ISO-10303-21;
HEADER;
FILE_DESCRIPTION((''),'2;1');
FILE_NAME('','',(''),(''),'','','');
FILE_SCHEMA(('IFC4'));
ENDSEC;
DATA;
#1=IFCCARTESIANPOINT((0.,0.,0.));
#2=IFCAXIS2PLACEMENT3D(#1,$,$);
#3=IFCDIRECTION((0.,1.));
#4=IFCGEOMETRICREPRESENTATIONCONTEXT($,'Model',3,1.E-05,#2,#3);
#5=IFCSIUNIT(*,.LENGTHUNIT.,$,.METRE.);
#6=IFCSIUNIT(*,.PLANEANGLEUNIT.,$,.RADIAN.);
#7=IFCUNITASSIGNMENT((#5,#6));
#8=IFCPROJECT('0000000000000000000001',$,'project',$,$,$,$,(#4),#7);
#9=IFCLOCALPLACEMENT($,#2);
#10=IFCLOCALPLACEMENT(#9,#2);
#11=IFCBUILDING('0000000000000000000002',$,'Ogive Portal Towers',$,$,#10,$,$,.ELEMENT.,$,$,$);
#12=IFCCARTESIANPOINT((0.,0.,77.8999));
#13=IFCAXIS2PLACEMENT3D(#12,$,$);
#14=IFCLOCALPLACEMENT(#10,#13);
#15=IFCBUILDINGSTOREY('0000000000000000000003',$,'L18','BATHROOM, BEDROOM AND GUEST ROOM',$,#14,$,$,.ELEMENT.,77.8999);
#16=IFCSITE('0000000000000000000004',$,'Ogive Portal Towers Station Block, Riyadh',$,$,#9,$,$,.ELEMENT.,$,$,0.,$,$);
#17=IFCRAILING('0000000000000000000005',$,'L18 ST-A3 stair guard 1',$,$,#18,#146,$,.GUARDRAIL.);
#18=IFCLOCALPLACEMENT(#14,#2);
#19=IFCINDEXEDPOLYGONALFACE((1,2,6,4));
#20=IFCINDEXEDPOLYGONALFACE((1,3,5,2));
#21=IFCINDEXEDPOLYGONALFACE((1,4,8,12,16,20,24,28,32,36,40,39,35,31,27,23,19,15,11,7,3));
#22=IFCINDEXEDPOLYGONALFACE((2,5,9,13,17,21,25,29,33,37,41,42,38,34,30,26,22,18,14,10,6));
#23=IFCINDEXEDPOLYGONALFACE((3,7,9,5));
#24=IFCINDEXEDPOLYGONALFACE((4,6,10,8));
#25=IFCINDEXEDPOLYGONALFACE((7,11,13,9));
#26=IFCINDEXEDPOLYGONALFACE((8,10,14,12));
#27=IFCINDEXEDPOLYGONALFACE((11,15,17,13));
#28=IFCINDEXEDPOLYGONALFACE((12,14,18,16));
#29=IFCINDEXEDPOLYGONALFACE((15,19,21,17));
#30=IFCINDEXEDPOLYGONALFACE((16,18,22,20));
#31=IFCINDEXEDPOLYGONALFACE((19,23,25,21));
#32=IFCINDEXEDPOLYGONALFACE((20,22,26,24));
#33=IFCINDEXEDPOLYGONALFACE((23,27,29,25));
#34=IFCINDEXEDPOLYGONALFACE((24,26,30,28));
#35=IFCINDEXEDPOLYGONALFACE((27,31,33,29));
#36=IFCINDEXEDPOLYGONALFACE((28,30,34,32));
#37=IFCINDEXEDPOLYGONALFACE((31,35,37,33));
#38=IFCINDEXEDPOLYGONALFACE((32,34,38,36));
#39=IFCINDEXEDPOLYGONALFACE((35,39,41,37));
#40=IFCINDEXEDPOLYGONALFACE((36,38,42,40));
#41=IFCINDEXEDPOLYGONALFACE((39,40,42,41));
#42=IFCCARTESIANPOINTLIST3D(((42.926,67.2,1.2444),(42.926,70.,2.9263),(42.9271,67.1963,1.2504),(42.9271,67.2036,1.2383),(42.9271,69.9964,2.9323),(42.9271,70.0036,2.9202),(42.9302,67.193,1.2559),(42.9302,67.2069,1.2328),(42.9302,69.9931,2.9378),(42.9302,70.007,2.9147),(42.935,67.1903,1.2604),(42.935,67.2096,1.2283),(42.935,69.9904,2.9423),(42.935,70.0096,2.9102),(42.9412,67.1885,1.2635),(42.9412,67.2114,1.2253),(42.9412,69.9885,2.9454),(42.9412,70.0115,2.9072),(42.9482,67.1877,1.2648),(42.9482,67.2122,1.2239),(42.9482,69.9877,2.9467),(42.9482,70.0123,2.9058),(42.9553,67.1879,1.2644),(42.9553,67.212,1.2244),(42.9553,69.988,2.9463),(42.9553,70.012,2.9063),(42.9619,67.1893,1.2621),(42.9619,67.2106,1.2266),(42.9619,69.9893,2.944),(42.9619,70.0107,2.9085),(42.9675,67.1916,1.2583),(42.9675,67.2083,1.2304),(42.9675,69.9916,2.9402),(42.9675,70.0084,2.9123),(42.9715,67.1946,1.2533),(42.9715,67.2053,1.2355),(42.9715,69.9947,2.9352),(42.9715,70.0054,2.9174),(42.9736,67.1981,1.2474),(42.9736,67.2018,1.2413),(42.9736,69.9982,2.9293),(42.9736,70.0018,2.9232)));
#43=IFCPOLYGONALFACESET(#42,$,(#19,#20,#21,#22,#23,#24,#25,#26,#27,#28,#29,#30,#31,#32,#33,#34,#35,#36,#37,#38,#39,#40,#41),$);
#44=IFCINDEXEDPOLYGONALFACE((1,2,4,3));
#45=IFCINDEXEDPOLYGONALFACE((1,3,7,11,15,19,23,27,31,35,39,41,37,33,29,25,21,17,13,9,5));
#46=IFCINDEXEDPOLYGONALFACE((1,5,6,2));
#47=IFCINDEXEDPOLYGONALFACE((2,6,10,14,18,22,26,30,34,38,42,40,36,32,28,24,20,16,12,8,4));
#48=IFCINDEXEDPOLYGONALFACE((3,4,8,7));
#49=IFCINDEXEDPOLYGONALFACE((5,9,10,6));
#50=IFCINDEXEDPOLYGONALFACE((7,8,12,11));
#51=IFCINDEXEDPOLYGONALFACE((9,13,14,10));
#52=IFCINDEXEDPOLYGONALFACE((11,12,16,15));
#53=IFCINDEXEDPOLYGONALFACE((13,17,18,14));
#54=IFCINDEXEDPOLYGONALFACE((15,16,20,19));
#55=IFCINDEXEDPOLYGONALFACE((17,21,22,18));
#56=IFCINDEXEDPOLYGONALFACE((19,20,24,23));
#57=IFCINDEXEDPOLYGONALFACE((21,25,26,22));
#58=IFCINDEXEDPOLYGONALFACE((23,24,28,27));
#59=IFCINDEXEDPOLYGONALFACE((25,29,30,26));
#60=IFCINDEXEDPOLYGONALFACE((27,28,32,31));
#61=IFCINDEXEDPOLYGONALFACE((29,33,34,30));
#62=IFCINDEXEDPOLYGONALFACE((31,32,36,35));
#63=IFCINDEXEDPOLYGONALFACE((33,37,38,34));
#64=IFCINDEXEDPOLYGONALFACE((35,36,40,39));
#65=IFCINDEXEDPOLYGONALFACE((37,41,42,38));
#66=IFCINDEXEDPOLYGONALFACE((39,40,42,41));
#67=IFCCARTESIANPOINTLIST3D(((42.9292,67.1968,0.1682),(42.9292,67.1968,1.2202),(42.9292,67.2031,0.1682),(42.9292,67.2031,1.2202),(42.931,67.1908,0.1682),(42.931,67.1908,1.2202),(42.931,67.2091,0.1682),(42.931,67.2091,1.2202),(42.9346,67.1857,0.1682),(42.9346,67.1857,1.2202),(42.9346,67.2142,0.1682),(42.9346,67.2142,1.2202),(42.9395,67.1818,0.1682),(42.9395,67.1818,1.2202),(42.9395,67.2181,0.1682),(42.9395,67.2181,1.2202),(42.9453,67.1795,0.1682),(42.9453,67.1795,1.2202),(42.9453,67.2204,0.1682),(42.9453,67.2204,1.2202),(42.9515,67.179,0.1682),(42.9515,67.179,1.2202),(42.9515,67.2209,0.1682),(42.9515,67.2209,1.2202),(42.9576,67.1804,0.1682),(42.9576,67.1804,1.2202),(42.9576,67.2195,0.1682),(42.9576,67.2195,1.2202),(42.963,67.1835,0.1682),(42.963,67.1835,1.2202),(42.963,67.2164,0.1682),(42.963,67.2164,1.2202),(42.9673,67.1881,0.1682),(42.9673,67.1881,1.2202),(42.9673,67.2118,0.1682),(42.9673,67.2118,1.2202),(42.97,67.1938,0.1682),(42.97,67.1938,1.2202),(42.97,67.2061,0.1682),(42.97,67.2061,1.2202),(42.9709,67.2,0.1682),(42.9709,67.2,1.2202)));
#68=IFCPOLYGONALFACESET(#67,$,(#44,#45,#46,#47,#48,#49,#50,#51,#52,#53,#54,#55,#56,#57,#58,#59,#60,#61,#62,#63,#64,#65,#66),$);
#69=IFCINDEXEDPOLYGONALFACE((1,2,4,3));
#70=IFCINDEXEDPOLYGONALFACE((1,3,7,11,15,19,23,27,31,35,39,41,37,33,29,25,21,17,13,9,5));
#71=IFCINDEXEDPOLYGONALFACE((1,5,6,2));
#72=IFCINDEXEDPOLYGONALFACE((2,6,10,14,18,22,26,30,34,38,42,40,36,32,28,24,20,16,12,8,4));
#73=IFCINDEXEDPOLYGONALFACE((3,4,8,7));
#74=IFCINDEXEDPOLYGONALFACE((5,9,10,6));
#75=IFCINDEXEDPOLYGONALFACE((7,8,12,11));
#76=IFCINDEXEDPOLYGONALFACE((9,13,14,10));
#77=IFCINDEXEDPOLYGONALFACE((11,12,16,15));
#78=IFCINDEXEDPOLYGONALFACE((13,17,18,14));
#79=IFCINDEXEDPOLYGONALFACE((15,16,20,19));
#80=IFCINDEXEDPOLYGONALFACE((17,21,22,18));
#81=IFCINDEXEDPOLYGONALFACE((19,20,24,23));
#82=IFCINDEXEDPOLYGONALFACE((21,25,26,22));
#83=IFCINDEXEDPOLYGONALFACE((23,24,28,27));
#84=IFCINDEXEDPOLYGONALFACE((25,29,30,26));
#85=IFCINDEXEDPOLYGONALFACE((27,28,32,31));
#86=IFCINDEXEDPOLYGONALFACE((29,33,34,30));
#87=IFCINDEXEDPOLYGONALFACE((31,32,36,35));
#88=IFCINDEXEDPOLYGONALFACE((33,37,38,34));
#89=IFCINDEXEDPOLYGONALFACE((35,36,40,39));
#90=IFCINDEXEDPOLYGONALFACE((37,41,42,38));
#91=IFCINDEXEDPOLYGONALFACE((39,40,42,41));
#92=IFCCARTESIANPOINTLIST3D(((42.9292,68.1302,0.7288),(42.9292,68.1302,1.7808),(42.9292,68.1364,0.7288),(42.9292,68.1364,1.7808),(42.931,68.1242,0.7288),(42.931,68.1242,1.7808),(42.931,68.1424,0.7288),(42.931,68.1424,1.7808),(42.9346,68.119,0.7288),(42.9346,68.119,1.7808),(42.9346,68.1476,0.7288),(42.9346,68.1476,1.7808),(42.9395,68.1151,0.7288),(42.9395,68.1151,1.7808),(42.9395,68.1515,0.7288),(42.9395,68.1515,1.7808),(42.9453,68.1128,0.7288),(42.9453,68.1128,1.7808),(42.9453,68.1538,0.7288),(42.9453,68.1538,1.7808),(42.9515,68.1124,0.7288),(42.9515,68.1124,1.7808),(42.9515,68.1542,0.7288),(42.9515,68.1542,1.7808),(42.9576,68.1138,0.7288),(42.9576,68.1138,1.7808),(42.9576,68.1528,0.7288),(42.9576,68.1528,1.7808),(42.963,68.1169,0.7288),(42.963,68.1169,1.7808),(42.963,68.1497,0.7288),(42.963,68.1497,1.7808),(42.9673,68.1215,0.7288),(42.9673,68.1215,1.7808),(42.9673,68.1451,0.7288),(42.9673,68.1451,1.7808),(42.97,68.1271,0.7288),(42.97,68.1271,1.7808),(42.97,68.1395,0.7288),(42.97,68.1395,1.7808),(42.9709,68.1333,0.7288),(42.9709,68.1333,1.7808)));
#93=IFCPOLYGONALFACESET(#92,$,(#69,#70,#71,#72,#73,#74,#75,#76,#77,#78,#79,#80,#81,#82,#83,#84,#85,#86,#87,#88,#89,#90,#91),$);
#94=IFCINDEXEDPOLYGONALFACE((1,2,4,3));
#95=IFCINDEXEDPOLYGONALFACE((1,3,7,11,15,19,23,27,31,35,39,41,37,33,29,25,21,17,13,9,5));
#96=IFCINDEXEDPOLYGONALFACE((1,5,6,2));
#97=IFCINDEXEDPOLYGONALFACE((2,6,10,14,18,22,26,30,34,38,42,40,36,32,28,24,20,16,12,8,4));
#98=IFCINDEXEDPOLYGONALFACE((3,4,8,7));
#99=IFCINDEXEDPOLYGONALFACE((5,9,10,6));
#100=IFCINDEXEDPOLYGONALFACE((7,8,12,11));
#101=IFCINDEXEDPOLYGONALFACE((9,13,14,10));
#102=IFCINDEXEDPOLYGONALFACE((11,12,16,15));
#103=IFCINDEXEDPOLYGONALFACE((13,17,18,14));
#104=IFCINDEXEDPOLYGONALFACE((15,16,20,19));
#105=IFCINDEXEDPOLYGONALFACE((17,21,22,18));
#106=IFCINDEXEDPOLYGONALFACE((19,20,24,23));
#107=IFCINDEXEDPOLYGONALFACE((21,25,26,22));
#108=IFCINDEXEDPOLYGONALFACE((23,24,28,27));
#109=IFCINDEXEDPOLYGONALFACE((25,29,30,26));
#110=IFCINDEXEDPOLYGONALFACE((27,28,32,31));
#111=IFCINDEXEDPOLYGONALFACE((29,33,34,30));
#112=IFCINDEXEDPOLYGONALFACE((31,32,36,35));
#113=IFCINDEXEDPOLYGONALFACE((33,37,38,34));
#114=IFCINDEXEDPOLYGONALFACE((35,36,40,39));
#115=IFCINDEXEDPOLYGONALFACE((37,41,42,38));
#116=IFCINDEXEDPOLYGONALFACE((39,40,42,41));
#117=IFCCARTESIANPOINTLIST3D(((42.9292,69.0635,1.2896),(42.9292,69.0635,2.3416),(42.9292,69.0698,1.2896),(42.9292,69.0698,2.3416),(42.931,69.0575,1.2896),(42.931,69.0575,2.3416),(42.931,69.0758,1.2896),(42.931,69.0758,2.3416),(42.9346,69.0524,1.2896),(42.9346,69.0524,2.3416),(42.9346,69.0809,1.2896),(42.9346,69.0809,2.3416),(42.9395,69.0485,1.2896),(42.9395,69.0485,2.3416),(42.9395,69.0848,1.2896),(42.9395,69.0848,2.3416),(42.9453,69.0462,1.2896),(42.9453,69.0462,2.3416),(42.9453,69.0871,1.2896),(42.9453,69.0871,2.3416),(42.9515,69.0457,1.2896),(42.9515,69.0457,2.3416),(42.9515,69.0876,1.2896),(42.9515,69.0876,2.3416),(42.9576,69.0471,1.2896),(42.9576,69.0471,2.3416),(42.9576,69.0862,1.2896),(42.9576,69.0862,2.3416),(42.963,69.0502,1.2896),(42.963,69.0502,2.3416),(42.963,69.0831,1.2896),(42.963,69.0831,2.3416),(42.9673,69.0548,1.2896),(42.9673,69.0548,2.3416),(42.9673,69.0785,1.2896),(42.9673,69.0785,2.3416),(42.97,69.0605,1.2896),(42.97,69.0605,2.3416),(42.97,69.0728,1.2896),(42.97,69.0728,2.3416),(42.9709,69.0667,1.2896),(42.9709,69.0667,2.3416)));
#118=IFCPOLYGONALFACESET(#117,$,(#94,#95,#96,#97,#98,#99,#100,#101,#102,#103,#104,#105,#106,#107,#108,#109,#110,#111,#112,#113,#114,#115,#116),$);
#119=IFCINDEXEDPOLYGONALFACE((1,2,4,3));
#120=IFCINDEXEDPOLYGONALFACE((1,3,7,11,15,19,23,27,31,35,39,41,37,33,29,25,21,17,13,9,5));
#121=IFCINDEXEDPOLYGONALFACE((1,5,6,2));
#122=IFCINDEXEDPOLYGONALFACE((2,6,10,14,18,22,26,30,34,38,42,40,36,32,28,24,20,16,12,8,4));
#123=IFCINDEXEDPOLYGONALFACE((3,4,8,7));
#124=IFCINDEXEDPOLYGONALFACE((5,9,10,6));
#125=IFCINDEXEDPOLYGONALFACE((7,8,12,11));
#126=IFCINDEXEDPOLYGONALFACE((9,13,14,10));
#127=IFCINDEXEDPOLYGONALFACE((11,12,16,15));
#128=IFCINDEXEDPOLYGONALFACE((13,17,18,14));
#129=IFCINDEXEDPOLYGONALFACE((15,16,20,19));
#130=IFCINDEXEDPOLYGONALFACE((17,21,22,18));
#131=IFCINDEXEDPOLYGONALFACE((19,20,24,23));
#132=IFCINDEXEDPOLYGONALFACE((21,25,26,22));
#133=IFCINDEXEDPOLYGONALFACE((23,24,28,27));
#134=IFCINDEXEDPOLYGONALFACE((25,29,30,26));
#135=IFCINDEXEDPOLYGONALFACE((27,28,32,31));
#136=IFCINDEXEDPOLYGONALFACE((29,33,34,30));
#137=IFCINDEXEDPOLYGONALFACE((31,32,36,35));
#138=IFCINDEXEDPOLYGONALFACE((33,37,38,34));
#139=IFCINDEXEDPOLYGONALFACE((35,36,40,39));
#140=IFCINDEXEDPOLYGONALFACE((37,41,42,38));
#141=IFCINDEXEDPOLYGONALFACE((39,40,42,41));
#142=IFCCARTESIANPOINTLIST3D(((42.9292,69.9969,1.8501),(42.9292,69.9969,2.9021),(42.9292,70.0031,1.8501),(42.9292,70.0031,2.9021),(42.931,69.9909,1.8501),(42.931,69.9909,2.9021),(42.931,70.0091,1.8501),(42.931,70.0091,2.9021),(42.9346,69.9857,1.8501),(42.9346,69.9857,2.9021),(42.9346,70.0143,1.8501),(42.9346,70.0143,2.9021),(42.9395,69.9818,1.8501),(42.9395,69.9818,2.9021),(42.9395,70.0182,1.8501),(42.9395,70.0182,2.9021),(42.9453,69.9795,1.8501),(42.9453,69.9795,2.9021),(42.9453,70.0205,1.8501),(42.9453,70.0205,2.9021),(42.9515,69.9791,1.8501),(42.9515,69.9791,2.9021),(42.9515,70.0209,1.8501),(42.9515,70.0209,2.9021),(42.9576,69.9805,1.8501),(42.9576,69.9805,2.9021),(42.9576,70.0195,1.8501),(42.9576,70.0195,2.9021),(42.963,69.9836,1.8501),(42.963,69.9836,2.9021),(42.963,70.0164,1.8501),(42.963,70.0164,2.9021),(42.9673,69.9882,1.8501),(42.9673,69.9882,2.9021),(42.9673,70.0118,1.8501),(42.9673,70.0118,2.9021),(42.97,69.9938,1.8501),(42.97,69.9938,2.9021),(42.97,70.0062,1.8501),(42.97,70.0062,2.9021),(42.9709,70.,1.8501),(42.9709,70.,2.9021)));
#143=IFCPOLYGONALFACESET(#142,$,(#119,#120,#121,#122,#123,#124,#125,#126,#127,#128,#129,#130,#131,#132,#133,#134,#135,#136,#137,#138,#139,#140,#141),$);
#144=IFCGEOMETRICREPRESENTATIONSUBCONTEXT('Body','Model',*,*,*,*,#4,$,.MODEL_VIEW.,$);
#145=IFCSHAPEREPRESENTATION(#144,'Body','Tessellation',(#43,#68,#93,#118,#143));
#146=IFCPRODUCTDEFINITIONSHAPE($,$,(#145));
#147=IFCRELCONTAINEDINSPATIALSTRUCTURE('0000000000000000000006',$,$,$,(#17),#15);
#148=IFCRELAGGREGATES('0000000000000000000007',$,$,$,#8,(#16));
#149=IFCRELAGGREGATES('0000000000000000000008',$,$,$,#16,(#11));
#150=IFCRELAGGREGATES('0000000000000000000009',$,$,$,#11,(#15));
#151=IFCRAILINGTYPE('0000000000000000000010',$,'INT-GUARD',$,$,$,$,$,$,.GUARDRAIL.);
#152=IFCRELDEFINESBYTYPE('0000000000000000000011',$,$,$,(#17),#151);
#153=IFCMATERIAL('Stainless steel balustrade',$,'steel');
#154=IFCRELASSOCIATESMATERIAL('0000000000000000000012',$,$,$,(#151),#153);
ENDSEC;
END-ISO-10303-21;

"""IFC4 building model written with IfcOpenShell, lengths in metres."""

from ifc_helpers import new_model, si_unit, direction, frame, origin, origin_2d, place, context, subcontext, project, spatial, circle, extrude, material, type_object, element, save


model = new_model("IFC4")

# Units and contexts
model_context = context("Model", 3, precision=1e-05, world=origin(), true_north=direction((0.0, 1.0)))
body_context = subcontext(model_context, "Body", "Model", "MODEL_VIEW")
ifc_project = project(units=[si_unit("LENGTHUNIT", "METRE"), si_unit("PLANEANGLEUNIT", "RADIAN")], contexts=[model_context])

# Site, building, storey
site_placement = place(None, origin())
site = spatial("IfcSite", under=ifc_project, at=site_placement, Name="Ogive Portal Towers Station Block, Riyadh", CompositionType="ELEMENT", RefElevation=0.0)
building_placement = place(site_placement, origin())
building = spatial("IfcBuilding", under=site, at=building_placement, Name="Ogive Portal Towers", CompositionType="ELEMENT")
storey_placement = place(building_placement, frame((0.0, 0.0, 77.8999)))
storey = spatial("IfcBuildingStorey", under=building, at=storey_placement, Name="L18", Description="BATHROOM, BEDROOM AND GUEST ROOM", CompositionType="ELEMENT", Elevation=77.8999)

# Railing
ifc_material_1 = material(Name="Stainless steel balustrade", Category="steel")
railing_type_1 = type_object("IfcRailingType", Name="INT-GUARD", PredefinedType="GUARDRAIL", material=ifc_material_1)
railing_1_placement = place(storey_placement, frame((42.95, 67.2, 0.1682)))
element("IfcRailing", 1, at=railing_1_placement, inside=storey, type_object=railing_type_1, Name="L18 ST-A3 stair guard 1", PredefinedType="GUARDRAIL", context=body_context, shape_type="SweptSolid", body=[
    extrude(circle(Radius=0.0239, at=origin_2d()), frame((0.0, 0.0, 1.0762), z_axis=(0.0, 0.857242, 0.514913), x_axis=(-1.0, 0.0, 0.0)), (0.0, 0.0, 1.0), 3.2664),
    extrude(circle(Radius=0.021, at=origin_2d()), origin(), (0.0, 0.0, 1.0), 1.052),
    extrude(circle(Radius=0.021, at=origin_2d()), frame((0.0, 0.9333, 0.5605)), (0.0, 0.0, 1.0), 1.052),
    extrude(circle(Radius=0.021, at=origin_2d()), frame((0.0, 1.8667, 1.1213)), (0.0, 0.0, 1.0), 1.052),
    extrude(circle(Radius=0.021, at=origin_2d()), frame((0.0, 2.8, 1.6819)), (0.0, 0.0, 1.0), 1.052),
])

save(model, "model.ifc")
